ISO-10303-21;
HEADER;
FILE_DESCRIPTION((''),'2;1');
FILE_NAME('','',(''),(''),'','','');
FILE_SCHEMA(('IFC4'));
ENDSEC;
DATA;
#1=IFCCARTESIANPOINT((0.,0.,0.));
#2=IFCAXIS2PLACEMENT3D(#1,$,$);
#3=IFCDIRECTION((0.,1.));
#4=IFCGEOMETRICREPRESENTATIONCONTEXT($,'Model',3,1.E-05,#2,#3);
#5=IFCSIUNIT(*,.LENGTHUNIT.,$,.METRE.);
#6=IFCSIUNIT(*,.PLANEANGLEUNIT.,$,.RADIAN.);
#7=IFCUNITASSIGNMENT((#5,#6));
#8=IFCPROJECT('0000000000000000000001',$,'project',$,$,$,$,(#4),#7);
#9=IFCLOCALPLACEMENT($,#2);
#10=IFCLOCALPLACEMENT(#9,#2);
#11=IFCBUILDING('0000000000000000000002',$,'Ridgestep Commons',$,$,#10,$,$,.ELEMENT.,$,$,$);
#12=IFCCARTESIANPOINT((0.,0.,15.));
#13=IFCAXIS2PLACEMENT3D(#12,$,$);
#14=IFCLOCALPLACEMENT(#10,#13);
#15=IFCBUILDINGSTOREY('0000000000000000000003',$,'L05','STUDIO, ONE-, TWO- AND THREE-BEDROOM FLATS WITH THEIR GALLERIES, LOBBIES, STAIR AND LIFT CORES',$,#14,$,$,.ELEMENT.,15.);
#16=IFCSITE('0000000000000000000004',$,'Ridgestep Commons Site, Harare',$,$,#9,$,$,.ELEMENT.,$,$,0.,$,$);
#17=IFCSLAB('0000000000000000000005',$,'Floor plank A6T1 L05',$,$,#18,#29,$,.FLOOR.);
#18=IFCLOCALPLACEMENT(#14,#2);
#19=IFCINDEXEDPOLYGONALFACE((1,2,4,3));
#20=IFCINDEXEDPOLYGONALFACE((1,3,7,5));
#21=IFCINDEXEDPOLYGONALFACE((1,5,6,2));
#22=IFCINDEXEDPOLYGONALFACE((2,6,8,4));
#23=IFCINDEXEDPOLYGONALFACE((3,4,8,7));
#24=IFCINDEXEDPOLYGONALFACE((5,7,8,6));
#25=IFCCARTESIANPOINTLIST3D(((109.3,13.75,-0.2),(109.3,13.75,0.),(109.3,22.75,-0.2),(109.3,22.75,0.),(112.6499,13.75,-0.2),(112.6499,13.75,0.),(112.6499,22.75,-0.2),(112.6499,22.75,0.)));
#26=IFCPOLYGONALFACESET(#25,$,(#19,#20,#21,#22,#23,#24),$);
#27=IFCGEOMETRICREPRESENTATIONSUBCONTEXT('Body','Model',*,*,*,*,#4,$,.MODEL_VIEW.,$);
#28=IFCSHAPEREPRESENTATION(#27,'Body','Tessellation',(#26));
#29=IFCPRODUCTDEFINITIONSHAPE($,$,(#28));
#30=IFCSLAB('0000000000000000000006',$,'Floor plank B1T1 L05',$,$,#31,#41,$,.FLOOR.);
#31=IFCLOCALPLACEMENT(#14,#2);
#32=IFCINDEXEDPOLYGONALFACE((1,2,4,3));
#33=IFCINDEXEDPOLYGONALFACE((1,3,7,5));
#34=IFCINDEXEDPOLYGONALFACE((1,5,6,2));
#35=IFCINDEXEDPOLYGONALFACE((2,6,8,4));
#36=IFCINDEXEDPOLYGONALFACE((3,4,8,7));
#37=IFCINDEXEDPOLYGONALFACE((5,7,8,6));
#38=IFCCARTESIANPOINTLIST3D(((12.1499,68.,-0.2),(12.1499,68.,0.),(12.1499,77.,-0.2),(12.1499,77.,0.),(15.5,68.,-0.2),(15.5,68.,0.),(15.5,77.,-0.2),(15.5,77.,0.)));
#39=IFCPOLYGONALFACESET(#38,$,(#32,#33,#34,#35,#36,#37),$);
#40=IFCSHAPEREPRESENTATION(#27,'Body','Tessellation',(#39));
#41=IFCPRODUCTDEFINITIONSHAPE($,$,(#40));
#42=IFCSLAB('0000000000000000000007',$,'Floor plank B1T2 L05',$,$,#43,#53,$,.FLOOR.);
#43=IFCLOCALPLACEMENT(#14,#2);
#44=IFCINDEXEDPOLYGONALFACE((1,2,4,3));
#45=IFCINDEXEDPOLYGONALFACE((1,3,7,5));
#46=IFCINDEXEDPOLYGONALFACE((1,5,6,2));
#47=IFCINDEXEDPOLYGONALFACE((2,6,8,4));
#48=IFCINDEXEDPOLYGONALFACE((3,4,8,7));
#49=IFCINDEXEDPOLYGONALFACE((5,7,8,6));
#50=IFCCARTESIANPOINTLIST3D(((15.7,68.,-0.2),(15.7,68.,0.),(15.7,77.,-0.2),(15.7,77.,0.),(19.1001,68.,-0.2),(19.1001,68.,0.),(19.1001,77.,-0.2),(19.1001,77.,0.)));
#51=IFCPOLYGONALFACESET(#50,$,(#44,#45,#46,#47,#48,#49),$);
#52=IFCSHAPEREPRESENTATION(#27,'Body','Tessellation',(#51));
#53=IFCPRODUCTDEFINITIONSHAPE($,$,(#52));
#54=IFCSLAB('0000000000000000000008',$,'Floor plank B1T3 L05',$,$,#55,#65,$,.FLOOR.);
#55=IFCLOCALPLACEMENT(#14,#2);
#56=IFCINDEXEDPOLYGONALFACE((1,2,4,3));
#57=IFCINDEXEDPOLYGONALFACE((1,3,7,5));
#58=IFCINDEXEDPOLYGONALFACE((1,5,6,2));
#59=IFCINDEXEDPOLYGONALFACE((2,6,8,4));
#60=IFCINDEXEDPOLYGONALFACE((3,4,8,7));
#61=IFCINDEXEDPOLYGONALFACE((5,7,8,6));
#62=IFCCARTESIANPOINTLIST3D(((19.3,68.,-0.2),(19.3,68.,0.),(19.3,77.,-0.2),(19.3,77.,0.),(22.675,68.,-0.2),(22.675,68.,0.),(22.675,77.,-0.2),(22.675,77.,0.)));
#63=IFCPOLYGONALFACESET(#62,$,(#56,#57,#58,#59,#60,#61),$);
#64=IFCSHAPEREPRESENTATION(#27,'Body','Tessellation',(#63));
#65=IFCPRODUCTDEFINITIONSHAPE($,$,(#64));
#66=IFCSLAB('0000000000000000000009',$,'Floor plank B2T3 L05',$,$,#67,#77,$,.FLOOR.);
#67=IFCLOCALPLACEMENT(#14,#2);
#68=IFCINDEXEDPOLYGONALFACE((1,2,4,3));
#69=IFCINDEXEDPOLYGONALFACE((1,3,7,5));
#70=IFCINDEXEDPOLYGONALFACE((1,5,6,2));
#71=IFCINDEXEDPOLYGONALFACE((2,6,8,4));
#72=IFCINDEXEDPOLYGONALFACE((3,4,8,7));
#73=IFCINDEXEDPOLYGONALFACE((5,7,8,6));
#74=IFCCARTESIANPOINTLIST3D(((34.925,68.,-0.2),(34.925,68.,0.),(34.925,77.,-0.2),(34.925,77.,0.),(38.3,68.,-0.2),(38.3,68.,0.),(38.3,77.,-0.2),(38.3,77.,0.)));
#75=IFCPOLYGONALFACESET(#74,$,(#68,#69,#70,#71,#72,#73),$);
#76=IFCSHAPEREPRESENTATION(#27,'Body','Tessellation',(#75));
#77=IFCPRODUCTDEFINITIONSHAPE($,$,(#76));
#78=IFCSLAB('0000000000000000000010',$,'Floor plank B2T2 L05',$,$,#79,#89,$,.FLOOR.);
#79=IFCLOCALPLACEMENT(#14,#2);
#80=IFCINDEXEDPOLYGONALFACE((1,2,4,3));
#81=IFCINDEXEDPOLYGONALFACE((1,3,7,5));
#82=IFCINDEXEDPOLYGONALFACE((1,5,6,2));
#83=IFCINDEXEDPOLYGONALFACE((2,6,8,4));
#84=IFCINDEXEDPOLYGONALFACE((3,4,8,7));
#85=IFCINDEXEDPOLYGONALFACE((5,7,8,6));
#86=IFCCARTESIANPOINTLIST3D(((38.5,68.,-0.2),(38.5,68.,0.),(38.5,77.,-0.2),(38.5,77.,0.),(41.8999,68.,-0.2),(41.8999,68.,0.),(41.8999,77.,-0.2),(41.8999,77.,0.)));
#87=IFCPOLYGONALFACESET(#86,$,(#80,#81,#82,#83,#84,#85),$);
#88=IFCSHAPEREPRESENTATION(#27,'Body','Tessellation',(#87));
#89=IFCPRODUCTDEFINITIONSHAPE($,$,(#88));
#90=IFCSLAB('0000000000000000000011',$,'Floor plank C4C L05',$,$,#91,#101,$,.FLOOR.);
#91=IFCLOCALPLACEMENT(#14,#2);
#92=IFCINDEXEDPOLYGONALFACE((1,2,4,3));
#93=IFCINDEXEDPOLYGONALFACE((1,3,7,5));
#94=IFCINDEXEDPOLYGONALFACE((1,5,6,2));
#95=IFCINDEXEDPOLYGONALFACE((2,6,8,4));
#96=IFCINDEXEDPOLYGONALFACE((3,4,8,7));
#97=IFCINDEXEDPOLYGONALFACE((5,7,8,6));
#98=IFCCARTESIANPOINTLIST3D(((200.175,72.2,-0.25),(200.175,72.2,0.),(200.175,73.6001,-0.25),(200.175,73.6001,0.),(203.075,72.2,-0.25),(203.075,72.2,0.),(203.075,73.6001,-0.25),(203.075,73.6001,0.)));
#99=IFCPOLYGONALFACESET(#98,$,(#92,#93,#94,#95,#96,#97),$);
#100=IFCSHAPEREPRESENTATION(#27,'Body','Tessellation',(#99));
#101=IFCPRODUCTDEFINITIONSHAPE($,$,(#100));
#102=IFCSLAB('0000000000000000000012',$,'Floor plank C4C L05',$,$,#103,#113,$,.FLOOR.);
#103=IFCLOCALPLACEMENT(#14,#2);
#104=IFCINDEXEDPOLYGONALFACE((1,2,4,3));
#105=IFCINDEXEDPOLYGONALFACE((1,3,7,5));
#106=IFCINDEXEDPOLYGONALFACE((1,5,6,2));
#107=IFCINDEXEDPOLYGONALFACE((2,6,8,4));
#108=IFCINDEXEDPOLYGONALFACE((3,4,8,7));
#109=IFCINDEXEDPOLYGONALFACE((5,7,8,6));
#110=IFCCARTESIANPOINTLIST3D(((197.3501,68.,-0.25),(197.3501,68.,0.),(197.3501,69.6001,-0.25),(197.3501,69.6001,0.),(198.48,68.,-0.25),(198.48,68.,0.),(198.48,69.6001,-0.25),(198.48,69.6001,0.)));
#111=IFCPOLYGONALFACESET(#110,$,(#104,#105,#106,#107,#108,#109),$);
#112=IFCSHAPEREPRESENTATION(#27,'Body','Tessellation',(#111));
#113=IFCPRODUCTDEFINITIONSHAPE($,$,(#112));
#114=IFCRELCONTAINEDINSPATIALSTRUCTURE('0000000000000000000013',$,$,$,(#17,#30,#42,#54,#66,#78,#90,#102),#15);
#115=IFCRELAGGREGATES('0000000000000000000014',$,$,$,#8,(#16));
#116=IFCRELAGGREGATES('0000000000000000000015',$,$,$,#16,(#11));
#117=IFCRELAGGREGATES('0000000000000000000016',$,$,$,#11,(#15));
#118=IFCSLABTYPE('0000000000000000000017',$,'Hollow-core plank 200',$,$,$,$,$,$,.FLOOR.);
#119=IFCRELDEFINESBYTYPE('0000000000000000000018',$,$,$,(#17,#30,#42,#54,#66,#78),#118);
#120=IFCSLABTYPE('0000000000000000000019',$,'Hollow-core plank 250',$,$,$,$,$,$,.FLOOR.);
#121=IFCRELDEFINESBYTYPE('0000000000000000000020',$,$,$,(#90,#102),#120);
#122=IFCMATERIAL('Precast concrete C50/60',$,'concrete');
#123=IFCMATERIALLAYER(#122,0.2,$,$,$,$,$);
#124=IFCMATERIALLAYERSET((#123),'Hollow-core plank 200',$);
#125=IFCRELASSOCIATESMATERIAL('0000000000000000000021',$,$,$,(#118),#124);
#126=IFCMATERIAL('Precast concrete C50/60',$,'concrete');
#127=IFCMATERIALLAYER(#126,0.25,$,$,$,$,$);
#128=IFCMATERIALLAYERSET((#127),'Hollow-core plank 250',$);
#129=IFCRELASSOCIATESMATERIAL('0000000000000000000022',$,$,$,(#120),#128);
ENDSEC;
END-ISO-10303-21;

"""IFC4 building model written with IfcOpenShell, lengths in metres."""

from ifc_helpers import new_model, si_unit, direction, frame, origin, place, context, subcontext, project, spatial, polyline, outline, extrude, material, layer, layer_set, type_object, element, save


model = new_model("IFC4")

# Units and contexts
model_context = context("Model", 3, precision=1e-05, world=origin(), true_north=direction((0.0, 1.0)))
body_context = subcontext(model_context, "Body", "Model", "MODEL_VIEW")
ifc_project = project(units=[si_unit("LENGTHUNIT", "METRE"), si_unit("PLANEANGLEUNIT", "RADIAN")], contexts=[model_context])

# Site, building, storey
site_placement = place(None, origin())
site = spatial("IfcSite", under=ifc_project, at=site_placement, Name="Ridgestep Commons Site, Harare", CompositionType="ELEMENT", RefElevation=0.0)
building_placement = place(site_placement, origin())
building = spatial("IfcBuilding", under=site, at=building_placement, Name="Ridgestep Commons", CompositionType="ELEMENT")
storey_placement = place(building_placement, frame((0.0, 0.0, 15.0)))
storey = spatial("IfcBuildingStorey", under=building, at=storey_placement, Name="L05", Description="STUDIO, ONE-, TWO- AND THREE-BEDROOM FLATS WITH THEIR GALLERIES, LOBBIES, STAIR AND LIFT CORES", CompositionType="ELEMENT", Elevation=15.0)

# Slabs
ifc_material_1 = material(Name="Precast concrete C50/60", Category="concrete")
ifc_layer_1 = layer(ifc_material_1, 0.2)
ifc_layer_set_1 = layer_set([ifc_layer_1], Name="Hollow-core plank 200")
slab_type_1 = type_object("IfcSlabType", Name="Hollow-core plank 200", PredefinedType="FLOOR", material=ifc_layer_set_1)
slab_1_placement = place(storey_placement, frame((0.0, 0.0, -0.2)))
element("IfcSlab", 1, at=slab_1_placement, inside=storey, type_object=slab_type_1, Name="Floor plank A6T1 L05", PredefinedType="FLOOR", context=body_context, shape_type="SweptSolid", body=[
    extrude(outline(polyline([(112.6499, 13.75), (112.6499, 22.75), (109.3, 22.75), (109.3, 13.75), (112.6499, 13.75)])), origin(), (0.0, 0.0, 1.0), 0.2),
])
slab_2_placement = place(storey_placement, frame((0.0, 0.0, -0.2)))
element("IfcSlab", 2, at=slab_2_placement, inside=storey, type_object=slab_type_1, Name="Floor plank B1T1 L05", PredefinedType="FLOOR", context=body_context, shape_type="SweptSolid", body=[
    extrude(outline(polyline([(15.5, 68.0), (15.5, 77.0), (12.1499, 77.0), (12.1499, 68.0), (15.5, 68.0)])), origin(), (0.0, 0.0, 1.0), 0.2),
])
slab_3_placement = place(storey_placement, frame((0.0, 0.0, -0.2)))
element("IfcSlab", 3, at=slab_3_placement, inside=storey, type_object=slab_type_1, Name="Floor plank B1T2 L05", PredefinedType="FLOOR", context=body_context, shape_type="SweptSolid", body=[
    extrude(outline(polyline([(19.1001, 68.0), (19.1001, 77.0), (15.7, 77.0), (15.7, 68.0), (19.1001, 68.0)])), origin(), (0.0, 0.0, 1.0), 0.2),
])
slab_4_placement = place(storey_placement, frame((0.0, 0.0, -0.2)))
element("IfcSlab", 4, at=slab_4_placement, inside=storey, type_object=slab_type_1, Name="Floor plank B1T3 L05", PredefinedType="FLOOR", context=body_context, shape_type="SweptSolid", body=[
    extrude(outline(polyline([(22.675, 68.0), (22.675, 77.0), (19.3, 77.0), (19.3, 68.0), (22.675, 68.0)])), origin(), (0.0, 0.0, 1.0), 0.2),
])
slab_5_placement = place(storey_placement, frame((0.0, 0.0, -0.2)))
element("IfcSlab", 5, at=slab_5_placement, inside=storey, type_object=slab_type_1, Name="Floor plank B2T3 L05", PredefinedType="FLOOR", context=body_context, shape_type="SweptSolid", body=[
    extrude(outline(polyline([(38.3, 68.0), (38.3, 77.0), (34.925, 77.0), (34.925, 68.0), (38.3, 68.0)])), origin(), (0.0, 0.0, 1.0), 0.2),
])
slab_6_placement = place(storey_placement, frame((0.0, 0.0, -0.2)))
element("IfcSlab", 6, at=slab_6_placement, inside=storey, type_object=slab_type_1, Name="Floor plank B2T2 L05", PredefinedType="FLOOR", context=body_context, shape_type="SweptSolid", body=[
    extrude(outline(polyline([(41.8999, 68.0), (41.8999, 77.0), (38.5, 77.0), (38.5, 68.0), (41.8999, 68.0)])), origin(), (0.0, 0.0, 1.0), 0.2),
])
ifc_material_2 = material(Name="Precast concrete C50/60", Category="concrete")
ifc_layer_2 = layer(ifc_material_2, 0.25)
ifc_layer_set_2 = layer_set([ifc_layer_2], Name="Hollow-core plank 250")
slab_type_2 = type_object("IfcSlabType", Name="Hollow-core plank 250", PredefinedType="FLOOR", material=ifc_layer_set_2)
slab_7_placement = place(storey_placement, frame((0.0, 0.0, -0.25)))
element("IfcSlab", 7, at=slab_7_placement, inside=storey, type_object=slab_type_2, Name="Floor plank C4C L05", PredefinedType="FLOOR", context=body_context, shape_type="SweptSolid", body=[
    extrude(outline(polyline([(203.075, 72.2), (203.075, 73.6001), (200.175, 73.6001), (200.175, 72.2), (203.075, 72.2)])), origin(), (0.0, 0.0, 1.0), 0.25),
])
slab_8_placement = place(storey_placement, frame((0.0, 0.0, -0.25)))
element("IfcSlab", 8, at=slab_8_placement, inside=storey, type_object=slab_type_2, Name="Floor plank C4C L05", PredefinedType="FLOOR", context=body_context, shape_type="SweptSolid", body=[
    extrude(outline(polyline([(198.48, 69.6001), (197.3501, 69.6001), (197.3501, 68.0), (198.48, 68.0), (198.48, 69.6001)])), origin(), (0.0, 0.0, 1.0), 0.25),
])

save(model, "model.ifc")
